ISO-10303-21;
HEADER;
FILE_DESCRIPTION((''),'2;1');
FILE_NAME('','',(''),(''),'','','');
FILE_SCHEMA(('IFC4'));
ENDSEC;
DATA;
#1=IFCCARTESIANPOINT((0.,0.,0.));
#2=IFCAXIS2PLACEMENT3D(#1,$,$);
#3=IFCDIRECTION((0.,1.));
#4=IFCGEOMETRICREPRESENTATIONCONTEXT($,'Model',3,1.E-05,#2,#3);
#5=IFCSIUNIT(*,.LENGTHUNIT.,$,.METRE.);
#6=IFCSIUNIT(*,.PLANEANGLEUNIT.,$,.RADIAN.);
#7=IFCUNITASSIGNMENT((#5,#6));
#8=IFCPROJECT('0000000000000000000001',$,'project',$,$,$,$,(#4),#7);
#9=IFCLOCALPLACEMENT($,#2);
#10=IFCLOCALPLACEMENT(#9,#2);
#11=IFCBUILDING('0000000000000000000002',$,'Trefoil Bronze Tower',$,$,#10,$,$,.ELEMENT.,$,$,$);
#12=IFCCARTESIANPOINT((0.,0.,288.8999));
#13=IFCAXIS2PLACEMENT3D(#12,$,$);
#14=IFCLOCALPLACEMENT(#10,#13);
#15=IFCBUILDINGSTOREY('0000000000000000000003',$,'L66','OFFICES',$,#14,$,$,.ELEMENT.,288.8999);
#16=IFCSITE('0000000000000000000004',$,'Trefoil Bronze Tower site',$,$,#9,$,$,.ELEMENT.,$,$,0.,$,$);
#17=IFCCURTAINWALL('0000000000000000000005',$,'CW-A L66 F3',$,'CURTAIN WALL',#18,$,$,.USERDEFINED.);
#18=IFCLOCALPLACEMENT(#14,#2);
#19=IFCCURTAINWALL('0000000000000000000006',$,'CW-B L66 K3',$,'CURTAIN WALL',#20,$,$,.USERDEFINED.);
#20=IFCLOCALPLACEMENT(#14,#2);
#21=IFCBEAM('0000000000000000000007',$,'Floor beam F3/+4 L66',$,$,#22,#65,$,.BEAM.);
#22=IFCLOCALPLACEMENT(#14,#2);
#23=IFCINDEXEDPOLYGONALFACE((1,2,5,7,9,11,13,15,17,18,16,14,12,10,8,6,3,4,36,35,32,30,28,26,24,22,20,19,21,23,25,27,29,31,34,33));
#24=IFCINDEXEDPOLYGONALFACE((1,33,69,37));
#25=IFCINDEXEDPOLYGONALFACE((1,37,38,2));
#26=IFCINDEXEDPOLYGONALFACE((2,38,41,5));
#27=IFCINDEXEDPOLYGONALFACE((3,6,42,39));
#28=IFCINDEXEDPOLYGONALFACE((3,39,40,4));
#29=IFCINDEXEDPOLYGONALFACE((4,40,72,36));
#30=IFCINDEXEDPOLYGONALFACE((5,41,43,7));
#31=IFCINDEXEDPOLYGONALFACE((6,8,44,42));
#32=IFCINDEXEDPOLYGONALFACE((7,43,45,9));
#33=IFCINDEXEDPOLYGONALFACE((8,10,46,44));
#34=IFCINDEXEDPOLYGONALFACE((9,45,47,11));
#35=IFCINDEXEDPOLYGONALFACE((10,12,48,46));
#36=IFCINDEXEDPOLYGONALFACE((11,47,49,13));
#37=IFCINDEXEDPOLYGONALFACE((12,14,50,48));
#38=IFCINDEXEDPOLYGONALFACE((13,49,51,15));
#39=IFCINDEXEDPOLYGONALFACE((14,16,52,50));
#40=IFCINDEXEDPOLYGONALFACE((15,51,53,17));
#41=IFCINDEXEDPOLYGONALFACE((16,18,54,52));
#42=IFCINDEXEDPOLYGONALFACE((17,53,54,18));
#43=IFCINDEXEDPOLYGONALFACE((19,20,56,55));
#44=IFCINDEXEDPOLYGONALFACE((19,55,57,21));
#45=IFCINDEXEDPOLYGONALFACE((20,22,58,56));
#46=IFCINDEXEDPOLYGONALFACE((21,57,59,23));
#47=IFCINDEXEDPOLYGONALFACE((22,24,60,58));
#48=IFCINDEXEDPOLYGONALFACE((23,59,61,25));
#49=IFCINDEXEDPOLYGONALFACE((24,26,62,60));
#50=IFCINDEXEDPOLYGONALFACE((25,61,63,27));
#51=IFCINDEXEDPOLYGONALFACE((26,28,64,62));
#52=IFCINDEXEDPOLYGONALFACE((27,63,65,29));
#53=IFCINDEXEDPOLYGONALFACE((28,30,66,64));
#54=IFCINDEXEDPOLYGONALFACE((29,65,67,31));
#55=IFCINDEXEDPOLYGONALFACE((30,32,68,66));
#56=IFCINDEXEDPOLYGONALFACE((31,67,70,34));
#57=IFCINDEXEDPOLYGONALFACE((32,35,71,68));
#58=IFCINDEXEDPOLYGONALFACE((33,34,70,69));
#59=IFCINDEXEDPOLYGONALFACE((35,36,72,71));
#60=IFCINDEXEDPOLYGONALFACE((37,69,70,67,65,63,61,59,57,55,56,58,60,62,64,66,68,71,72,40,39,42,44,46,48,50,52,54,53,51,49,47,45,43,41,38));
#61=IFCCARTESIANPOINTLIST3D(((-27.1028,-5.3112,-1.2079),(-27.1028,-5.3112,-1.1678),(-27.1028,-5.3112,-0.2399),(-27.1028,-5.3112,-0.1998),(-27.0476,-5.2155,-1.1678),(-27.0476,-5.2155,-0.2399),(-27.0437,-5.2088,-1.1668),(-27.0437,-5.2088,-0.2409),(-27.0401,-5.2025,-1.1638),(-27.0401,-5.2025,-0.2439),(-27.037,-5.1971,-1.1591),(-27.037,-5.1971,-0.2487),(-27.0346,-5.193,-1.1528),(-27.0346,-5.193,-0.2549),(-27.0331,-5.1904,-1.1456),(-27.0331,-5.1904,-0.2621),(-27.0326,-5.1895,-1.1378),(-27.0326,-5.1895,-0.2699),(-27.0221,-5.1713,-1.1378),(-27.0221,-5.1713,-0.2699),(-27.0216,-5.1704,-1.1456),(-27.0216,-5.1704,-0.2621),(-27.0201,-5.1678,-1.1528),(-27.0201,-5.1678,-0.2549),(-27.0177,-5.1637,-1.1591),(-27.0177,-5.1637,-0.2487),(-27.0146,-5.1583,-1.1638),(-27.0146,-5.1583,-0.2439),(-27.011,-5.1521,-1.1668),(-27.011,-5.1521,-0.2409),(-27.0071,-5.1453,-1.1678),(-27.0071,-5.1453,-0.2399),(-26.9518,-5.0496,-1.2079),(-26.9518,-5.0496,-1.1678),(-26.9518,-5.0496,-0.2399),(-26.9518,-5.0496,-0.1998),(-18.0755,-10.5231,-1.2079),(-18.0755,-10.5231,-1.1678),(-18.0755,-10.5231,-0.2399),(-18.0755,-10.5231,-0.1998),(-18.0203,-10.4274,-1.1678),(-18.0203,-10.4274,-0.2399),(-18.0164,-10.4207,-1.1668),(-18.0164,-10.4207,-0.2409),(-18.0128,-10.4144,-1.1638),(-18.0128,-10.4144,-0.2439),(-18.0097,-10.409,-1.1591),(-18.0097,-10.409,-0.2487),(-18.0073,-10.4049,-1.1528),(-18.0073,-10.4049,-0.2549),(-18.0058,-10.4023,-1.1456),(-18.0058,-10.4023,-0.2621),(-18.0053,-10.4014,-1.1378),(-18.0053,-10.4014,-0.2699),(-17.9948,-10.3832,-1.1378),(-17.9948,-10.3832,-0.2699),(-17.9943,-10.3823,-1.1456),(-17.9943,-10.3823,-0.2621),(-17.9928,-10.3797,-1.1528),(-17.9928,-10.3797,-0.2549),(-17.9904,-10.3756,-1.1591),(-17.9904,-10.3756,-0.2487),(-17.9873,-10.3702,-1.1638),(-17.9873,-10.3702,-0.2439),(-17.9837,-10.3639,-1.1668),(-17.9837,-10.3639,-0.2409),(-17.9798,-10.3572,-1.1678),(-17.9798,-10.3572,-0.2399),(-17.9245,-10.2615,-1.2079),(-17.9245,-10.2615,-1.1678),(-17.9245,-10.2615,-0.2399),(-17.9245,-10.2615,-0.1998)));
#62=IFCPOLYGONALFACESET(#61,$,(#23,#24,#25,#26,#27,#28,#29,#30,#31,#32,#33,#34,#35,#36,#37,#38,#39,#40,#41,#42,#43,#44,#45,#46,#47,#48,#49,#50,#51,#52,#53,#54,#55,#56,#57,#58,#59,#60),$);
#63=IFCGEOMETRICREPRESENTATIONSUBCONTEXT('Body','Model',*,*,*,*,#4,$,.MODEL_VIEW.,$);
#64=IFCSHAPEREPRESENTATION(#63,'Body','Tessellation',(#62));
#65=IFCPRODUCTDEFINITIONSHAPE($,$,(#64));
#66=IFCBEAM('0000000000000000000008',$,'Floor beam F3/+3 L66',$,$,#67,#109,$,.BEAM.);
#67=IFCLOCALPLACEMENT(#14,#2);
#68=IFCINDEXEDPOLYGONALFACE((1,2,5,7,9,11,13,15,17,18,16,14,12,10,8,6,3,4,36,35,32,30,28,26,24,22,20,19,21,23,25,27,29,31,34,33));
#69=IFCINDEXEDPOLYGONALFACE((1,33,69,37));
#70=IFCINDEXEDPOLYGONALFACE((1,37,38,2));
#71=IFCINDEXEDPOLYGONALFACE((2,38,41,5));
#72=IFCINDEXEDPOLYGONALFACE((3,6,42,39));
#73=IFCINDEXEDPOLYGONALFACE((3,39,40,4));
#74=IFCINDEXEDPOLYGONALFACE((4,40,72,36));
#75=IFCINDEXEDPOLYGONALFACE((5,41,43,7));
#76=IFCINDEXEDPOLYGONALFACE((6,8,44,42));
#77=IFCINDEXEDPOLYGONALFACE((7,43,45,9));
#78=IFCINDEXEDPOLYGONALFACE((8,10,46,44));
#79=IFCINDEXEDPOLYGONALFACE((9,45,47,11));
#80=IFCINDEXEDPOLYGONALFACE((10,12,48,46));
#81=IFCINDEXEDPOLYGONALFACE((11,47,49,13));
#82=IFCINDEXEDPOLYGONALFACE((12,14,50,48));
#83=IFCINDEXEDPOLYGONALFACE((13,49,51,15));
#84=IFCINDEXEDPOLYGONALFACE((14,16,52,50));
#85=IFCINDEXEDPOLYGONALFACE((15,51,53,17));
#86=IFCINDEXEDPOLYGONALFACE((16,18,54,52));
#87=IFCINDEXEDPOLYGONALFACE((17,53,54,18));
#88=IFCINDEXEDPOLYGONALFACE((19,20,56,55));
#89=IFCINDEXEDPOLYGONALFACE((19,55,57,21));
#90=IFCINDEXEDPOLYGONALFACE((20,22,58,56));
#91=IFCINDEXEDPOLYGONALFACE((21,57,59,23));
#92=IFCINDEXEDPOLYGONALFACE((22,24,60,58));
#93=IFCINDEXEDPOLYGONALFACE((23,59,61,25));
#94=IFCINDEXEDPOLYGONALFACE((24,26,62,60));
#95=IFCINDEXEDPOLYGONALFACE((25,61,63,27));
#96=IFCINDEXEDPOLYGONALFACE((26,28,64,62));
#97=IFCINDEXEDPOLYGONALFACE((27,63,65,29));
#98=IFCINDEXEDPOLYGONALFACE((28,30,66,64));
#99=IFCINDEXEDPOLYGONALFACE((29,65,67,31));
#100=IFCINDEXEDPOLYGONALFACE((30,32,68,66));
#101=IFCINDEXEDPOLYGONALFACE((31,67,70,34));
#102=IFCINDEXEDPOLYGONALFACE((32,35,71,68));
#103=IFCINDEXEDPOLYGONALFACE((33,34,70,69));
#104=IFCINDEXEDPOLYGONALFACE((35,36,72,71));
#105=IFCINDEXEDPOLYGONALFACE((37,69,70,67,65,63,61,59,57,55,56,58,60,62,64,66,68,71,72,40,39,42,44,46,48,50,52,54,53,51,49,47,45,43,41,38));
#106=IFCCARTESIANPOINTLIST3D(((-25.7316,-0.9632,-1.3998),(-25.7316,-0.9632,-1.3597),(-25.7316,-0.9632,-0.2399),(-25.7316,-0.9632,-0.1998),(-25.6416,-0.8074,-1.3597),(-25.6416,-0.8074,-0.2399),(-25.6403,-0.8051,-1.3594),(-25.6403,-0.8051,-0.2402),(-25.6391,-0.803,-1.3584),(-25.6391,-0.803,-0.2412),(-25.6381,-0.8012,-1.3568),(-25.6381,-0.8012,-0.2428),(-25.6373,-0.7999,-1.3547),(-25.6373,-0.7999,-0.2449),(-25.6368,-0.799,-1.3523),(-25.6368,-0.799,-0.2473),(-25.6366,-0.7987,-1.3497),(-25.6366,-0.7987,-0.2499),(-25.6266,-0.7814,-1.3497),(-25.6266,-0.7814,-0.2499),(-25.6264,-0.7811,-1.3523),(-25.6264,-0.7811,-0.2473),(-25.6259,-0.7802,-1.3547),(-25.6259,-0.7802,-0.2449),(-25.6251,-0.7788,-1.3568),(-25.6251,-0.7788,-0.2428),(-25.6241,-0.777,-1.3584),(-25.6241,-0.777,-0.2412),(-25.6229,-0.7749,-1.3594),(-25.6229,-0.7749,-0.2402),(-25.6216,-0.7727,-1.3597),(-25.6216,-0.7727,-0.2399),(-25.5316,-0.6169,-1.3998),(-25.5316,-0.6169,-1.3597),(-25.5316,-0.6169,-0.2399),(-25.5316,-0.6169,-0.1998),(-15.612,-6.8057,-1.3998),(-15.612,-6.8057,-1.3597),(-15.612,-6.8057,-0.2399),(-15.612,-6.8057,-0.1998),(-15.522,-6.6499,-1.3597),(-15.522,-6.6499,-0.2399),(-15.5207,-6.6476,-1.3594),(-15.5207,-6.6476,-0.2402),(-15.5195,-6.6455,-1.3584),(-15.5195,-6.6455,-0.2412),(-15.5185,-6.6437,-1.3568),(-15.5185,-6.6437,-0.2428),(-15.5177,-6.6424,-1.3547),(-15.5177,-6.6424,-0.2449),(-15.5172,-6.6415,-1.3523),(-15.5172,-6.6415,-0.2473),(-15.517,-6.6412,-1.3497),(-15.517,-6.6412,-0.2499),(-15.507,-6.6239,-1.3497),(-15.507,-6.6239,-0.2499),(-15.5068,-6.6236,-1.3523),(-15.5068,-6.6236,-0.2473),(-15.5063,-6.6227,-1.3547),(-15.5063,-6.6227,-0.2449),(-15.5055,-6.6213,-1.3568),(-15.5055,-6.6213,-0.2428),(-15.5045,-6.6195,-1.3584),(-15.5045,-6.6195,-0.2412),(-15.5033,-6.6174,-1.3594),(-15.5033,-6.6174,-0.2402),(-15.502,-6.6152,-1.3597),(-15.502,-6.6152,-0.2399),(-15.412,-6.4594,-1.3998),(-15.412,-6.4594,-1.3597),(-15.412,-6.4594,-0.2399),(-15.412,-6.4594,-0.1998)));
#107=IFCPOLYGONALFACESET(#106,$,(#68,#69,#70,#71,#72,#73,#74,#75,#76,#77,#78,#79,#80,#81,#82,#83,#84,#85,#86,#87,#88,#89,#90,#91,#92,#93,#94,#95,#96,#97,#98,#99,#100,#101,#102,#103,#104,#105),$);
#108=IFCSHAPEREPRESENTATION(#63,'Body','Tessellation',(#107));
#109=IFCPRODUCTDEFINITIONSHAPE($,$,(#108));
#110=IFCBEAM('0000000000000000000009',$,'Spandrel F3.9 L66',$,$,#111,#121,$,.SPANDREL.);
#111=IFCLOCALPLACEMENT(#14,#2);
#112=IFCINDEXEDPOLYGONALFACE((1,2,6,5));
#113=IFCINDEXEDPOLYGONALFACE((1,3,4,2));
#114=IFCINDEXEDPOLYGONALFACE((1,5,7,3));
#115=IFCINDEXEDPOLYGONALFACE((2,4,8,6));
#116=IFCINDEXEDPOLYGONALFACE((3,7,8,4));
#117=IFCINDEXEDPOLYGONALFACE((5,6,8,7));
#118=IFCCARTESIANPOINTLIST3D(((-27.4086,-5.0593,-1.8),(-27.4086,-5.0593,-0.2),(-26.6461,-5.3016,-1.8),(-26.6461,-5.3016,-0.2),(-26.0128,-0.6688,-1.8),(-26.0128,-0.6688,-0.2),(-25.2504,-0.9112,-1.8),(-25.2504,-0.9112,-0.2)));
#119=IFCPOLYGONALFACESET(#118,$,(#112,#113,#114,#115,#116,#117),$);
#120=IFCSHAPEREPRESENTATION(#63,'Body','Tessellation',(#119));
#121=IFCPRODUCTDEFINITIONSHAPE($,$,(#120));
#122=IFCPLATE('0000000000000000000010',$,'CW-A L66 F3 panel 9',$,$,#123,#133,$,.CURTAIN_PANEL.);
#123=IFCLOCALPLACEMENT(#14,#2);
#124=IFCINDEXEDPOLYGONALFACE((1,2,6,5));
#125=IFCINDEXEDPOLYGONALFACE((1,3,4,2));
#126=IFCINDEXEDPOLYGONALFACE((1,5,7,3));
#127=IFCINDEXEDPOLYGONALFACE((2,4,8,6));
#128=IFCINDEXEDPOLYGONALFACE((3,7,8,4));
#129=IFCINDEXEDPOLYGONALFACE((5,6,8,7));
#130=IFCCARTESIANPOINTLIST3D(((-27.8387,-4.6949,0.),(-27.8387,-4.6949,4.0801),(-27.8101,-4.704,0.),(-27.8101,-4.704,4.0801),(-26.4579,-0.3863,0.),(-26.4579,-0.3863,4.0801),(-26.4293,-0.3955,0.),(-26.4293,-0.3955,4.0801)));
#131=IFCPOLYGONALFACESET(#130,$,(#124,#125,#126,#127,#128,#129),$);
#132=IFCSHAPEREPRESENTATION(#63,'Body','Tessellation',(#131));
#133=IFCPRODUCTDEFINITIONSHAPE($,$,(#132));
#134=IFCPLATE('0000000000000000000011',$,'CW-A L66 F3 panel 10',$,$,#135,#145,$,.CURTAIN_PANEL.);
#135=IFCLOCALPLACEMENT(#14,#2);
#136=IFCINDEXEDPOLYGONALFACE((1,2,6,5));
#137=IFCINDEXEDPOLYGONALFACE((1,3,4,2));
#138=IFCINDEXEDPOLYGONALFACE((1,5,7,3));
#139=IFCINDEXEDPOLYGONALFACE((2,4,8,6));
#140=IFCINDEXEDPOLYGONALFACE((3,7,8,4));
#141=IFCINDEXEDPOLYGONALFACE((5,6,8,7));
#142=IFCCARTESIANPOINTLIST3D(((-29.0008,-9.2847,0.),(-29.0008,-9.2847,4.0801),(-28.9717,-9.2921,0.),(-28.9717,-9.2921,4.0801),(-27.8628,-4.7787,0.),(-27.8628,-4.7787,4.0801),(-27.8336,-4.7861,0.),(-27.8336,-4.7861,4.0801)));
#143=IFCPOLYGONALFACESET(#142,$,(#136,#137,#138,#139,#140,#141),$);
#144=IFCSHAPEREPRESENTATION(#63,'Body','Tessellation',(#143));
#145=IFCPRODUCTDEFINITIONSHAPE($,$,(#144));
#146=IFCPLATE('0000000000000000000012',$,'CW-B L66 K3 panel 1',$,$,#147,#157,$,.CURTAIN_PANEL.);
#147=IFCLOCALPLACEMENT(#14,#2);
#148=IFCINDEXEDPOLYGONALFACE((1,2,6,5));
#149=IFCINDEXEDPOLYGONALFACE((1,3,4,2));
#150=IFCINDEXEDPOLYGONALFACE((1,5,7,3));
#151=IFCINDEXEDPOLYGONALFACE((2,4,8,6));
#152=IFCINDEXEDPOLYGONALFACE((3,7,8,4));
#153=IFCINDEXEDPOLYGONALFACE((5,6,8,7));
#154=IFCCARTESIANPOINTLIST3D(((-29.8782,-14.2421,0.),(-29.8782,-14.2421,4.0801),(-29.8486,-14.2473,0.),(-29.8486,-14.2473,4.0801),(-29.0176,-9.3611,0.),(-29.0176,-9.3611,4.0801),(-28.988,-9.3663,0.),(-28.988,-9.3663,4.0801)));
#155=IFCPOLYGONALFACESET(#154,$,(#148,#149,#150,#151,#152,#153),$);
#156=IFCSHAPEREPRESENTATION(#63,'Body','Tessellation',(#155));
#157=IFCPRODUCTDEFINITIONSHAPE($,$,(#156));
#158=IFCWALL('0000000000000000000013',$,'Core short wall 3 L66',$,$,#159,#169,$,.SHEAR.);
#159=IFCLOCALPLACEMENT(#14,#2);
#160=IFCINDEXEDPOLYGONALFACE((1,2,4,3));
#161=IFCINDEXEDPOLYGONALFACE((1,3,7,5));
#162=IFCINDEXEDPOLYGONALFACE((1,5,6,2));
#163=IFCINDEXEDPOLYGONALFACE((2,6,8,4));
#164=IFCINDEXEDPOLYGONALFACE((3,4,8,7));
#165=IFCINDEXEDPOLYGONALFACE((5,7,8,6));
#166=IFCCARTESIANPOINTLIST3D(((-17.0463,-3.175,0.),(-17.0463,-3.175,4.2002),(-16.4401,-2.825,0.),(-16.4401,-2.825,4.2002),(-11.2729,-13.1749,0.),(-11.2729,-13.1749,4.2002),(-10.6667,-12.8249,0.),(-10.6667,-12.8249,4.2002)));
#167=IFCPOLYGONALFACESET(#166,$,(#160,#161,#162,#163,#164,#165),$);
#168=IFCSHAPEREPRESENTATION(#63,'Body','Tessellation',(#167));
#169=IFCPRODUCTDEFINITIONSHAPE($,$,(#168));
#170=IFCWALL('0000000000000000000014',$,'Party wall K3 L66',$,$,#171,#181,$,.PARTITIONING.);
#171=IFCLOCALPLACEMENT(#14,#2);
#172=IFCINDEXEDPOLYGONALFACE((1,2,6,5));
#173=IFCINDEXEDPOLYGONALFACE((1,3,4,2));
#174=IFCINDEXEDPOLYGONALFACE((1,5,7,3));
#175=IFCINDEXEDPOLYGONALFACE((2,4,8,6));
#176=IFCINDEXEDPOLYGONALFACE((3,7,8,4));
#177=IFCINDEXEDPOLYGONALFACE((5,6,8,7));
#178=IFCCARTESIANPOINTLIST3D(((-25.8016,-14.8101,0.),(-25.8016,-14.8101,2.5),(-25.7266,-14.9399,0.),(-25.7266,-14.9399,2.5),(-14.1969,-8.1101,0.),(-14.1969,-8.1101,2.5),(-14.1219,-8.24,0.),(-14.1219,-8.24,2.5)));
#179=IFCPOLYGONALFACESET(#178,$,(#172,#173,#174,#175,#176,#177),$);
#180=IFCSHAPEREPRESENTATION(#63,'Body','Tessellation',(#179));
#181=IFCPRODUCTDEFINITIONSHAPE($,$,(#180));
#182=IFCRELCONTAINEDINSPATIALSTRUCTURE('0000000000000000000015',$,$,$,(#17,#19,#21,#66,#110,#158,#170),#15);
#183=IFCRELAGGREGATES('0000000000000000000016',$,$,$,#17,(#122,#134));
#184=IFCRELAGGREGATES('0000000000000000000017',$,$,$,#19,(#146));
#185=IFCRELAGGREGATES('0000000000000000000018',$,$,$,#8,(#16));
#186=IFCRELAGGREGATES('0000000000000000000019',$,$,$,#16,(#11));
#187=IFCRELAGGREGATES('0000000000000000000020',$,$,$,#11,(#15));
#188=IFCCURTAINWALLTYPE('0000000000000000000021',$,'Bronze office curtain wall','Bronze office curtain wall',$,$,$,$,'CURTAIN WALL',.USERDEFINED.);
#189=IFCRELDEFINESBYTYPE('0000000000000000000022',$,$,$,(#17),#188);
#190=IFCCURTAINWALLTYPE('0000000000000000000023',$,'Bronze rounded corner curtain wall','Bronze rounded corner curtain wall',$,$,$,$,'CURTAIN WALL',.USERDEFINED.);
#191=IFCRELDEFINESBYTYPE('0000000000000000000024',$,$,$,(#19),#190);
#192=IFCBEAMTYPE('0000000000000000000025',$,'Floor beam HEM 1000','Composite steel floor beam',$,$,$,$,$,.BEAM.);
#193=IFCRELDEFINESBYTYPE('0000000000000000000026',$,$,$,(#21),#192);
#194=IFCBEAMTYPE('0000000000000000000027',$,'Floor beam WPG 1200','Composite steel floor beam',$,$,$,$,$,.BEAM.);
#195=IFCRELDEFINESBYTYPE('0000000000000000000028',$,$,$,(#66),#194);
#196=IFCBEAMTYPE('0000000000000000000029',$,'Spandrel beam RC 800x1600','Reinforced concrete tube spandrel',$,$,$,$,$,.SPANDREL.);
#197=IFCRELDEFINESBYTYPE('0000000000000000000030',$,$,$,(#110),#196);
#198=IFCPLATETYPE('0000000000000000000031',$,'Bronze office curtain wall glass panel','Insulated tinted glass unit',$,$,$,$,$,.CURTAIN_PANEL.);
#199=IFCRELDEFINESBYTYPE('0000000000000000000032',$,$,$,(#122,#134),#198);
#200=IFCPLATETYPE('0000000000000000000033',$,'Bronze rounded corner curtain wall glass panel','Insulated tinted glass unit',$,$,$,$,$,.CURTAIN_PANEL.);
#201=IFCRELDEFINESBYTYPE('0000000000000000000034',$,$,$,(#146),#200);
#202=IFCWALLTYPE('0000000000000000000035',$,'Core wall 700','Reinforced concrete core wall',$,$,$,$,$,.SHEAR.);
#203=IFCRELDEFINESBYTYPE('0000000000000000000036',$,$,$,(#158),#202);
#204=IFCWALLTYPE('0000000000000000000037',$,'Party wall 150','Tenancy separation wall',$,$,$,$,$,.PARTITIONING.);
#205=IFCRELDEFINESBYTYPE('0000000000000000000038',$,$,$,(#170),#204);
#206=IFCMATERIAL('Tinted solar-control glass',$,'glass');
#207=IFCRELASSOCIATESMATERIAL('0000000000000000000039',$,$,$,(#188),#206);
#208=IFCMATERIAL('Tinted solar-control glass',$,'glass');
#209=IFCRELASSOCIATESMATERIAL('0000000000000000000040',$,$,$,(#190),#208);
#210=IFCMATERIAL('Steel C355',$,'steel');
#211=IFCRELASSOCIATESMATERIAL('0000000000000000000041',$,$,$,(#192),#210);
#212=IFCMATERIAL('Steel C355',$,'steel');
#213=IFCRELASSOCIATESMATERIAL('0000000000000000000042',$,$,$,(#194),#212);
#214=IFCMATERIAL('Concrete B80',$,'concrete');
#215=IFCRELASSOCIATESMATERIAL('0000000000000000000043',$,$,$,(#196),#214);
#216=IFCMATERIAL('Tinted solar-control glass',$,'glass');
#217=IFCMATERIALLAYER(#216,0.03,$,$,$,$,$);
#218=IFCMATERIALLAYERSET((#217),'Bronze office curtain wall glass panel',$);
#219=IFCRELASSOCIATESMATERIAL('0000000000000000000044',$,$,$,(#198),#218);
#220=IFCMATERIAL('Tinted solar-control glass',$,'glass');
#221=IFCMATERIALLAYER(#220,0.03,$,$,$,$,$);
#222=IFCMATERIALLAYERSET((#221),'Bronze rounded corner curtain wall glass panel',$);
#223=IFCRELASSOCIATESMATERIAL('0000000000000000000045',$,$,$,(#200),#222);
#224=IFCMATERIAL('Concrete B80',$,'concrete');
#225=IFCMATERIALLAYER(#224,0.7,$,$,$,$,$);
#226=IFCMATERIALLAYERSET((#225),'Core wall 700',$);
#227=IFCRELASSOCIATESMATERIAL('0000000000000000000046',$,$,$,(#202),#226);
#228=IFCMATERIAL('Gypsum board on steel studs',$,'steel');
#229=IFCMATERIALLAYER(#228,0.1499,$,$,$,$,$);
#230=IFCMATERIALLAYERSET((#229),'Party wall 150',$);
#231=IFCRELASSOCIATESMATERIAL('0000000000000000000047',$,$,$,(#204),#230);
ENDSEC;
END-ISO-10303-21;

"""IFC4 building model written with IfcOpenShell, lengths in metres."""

from ifc_helpers import new_model, si_unit, direction, frame, frame_2d, origin, origin_2d, place, context, subcontext, project, spatial, rectangle, i_section, extrude, material, layer, layer_set, material_profile, profile_set, type_object, element, aggregate, save


model = new_model("IFC4")

# Units and contexts
model_context = context("Model", 3, precision=1e-05, world=origin(), true_north=direction((0.0, 1.0)))
body_context = subcontext(model_context, "Body", "Model", "MODEL_VIEW")
ifc_project = project(units=[si_unit("LENGTHUNIT", "METRE"), si_unit("PLANEANGLEUNIT", "RADIAN")], contexts=[model_context])

# Site, building, storey
site_placement = place(None, origin())
site = spatial("IfcSite", under=ifc_project, at=site_placement, Name="Trefoil Bronze Tower site", CompositionType="ELEMENT", RefElevation=0.0)
building_placement = place(site_placement, origin())
building = spatial("IfcBuilding", under=site, at=building_placement, Name="Trefoil Bronze Tower", CompositionType="ELEMENT")
storey_placement = place(building_placement, frame((0.0, 0.0, 288.8999)))
storey = spatial("IfcBuildingStorey", under=building, at=storey_placement, Name="L66", Description="OFFICES", CompositionType="ELEMENT", Elevation=288.8999)

# Curtain walls
ifc_material_1 = material(Name="Tinted solar-control glass", Category="glass")
curtain_wall_type_1 = type_object("IfcCurtainWallType", Name="Bronze office curtain wall", Description="Bronze office curtain wall", ElementType="CURTAIN WALL", PredefinedType="USERDEFINED", material=ifc_material_1)
curtain_wall_1_placement = place(storey_placement, origin())
curtain_wall_1 = element("IfcCurtainWall", 1, at=curtain_wall_1_placement, inside=storey, type_object=curtain_wall_type_1, Name="CW-A L66 F3", ObjectType="CURTAIN WALL", PredefinedType="USERDEFINED")
ifc_material_2 = material(Name="Tinted solar-control glass", Category="glass")
curtain_wall_type_2 = type_object("IfcCurtainWallType", Name="Bronze rounded corner curtain wall", Description="Bronze rounded corner curtain wall", ElementType="CURTAIN WALL", PredefinedType="USERDEFINED", material=ifc_material_2)
curtain_wall_2_placement = place(storey_placement, origin())
curtain_wall_2 = element("IfcCurtainWall", 2, at=curtain_wall_2_placement, inside=storey, type_object=curtain_wall_type_2, Name="CW-B L66 K3", ObjectType="CURTAIN WALL", PredefinedType="USERDEFINED")

# Beams
ifc_material_3 = material(Name="Steel C355", Category="steel")
ifc_material_profile_1 = material_profile(ifc_material_3, i_section(OverallWidth=0.302, OverallDepth=1.0081, WebThickness=0.021, FlangeThickness=0.04, FilletRadius=0.03, at=origin_2d()), Name="HEM 1000")
ifc_profile_set_1 = profile_set([ifc_material_profile_1], Name="Steel C355")
beam_type_1 = type_object("IfcBeamType", Name="Floor beam HEM 1000", Description="Composite steel floor beam", PredefinedType="BEAM", material=ifc_profile_set_1)
beam_1_placement = place(storey_placement, frame((-27.0273, -5.1804, -0.7039), z_axis=(0.866026, -0.499998, 0.0), x_axis=(0.499998, 0.866026, 0.0)))
element("IfcBeam", 3, at=beam_1_placement, inside=storey, type_object=beam_type_1, Name="Floor beam F3/+4 L66", PredefinedType="BEAM", context=body_context, shape_type="SweptSolid", body=[
    extrude(i_section(OverallWidth=0.302, OverallDepth=1.0081, WebThickness=0.021, FlangeThickness=0.04, FilletRadius=0.03, at=origin_2d()), origin(), (0.0, 0.0, 1.0), 10.4238),
])
ifc_material_4 = material(Name="Steel C355", Category="steel")
ifc_material_profile_2 = material_profile(ifc_material_4, i_section(OverallWidth=0.3999, OverallDepth=1.2, WebThickness=0.02, FlangeThickness=0.04, FilletRadius=0.01, at=origin_2d()), Name="WPG 1200")
ifc_profile_set_2 = profile_set([ifc_material_profile_2], Name="Steel C355")
beam_type_2 = type_object("IfcBeamType", Name="Floor beam WPG 1200", Description="Composite steel floor beam", PredefinedType="BEAM", material=ifc_profile_set_2)
beam_2_placement = place(storey_placement, frame((-25.6316, -0.79, -0.7998), z_axis=(0.866027, -0.499997, 0.0), x_axis=(0.499997, 0.866027, 0.0)))
element("IfcBeam", 4, at=beam_2_placement, inside=storey, type_object=beam_type_2, Name="Floor beam F3/+3 L66", PredefinedType="BEAM", context=body_context, shape_type="SweptSolid", body=[
    extrude(i_section(OverallWidth=0.3999, OverallDepth=1.2, WebThickness=0.02, FlangeThickness=0.04, FilletRadius=0.01, at=origin_2d()), origin(), (0.0, 0.0, 1.0), 11.6851),
])
ifc_material_5 = material(Name="Concrete B80", Category="concrete")
ifc_material_profile_3 = material_profile(ifc_material_5, rectangle(XDim=0.8, YDim=1.6001, at=origin_2d()), Name="RC 800x1600")
ifc_profile_set_3 = profile_set([ifc_material_profile_3], Name="Concrete B80")
beam_type_3 = type_object("IfcBeamType", Name="Spandrel beam RC 800x1600", Description="Reinforced concrete tube spandrel", PredefinedType="SPANDREL", material=ifc_profile_set_3)
beam_3_placement = place(storey_placement, frame((-25.6316, -0.79, -1.0), z_axis=(-0.30297, -0.953, 0.0), x_axis=(0.953, -0.30297, 0.0)))
element("IfcBeam", 5, at=beam_3_placement, inside=storey, type_object=beam_type_3, Name="Spandrel F3.9 L66", PredefinedType="SPANDREL", context=body_context, shape_type="SweptSolid", body=[
    extrude(rectangle(XDim=0.8, YDim=1.6001, at=origin_2d()), origin(), (0.0, 0.0, 1.0), 4.6069),
])

# Plates
ifc_material_6 = material(Name="Tinted solar-control glass", Category="glass")
ifc_layer_1 = layer(ifc_material_6, 0.03)
ifc_layer_set_1 = layer_set([ifc_layer_1], Name="Bronze office curtain wall glass panel")
plate_type_1 = type_object("IfcPlateType", Name="Bronze office curtain wall glass panel", Description="Insulated tinted glass unit", PredefinedType="CURTAIN_PANEL", material=ifc_layer_set_1)
plate_1_placement = place(storey_placement, frame((-27.134, -2.5452, 0.0), z_axis=(0.0, 0.0, 1.0), x_axis=(-0.305188, -0.952292, 0.0)))
plate_1 = element("IfcPlate", 6, at=plate_1_placement, type_object=plate_type_1, Name="CW-A L66 F3 panel 9", PredefinedType="CURTAIN_PANEL", context=body_context, shape_type="SweptSolid", body=[
    extrude(rectangle(XDim=4.5244, YDim=0.03, at=origin_2d()), origin(), (0.0, 0.0, 1.0), 4.0801),
])
plate_2_placement = place(storey_placement, frame((-28.4172, -7.0354, 0.0), z_axis=(0.0, 0.0, 1.0), x_axis=(-0.24488, -0.969554, 0.0)))
plate_2 = element("IfcPlate", 7, at=plate_2_placement, type_object=plate_type_1, Name="CW-A L66 F3 panel 10", PredefinedType="CURTAIN_PANEL", context=body_context, shape_type="SweptSolid", body=[
    extrude(rectangle(XDim=4.6475, YDim=0.03, at=origin_2d()), origin(), (0.0, 0.0, 1.0), 4.0801),
])
aggregate(curtain_wall_1, [plate_1, plate_2])
ifc_material_7 = material(Name="Tinted solar-control glass", Category="glass")
ifc_layer_2 = layer(ifc_material_7, 0.03)
ifc_layer_set_2 = layer_set([ifc_layer_2], Name="Bronze rounded corner curtain wall glass panel")
plate_type_2 = type_object("IfcPlateType", Name="Bronze rounded corner curtain wall glass panel", Description="Insulated tinted glass unit", PredefinedType="CURTAIN_PANEL", material=ifc_layer_set_2)
plate_3_placement = place(storey_placement, frame((-29.4331, -11.8042, 0.0), z_axis=(0.0, 0.0, 1.0), x_axis=(-0.173648, -0.984808, 0.0)))
plate_3 = element("IfcPlate", 8, at=plate_3_placement, type_object=plate_type_2, Name="CW-B L66 K3 panel 1", PredefinedType="CURTAIN_PANEL", context=body_context, shape_type="SweptSolid", body=[
    extrude(rectangle(XDim=4.9563, YDim=0.03, at=origin_2d()), origin(), (0.0, 0.0, 1.0), 4.0801),
])
aggregate(curtain_wall_2, [plate_3])

# Walls
ifc_material_8 = material(Name="Concrete B80", Category="concrete")
ifc_layer_3 = layer(ifc_material_8, 0.7)
ifc_layer_set_3 = layer_set([ifc_layer_3], Name="Core wall 700")
wall_type_1 = type_object("IfcWallType", Name="Core wall 700", Description="Reinforced concrete core wall", PredefinedType="SHEAR", material=ifc_layer_set_3)
wall_1_placement = place(storey_placement, frame((-16.7432, -3.0, 0.0), z_axis=(0.0, 0.0, 1.0), x_axis=(0.499996, -0.866028, 0.0)))
element("IfcWall", 9, at=wall_1_placement, inside=storey, type_object=wall_type_1, Name="Core short wall 3 L66", PredefinedType="SHEAR", context=body_context, shape_type="SweptSolid", body=[
    extrude(rectangle(XDim=11.5469, YDim=0.7, at=frame_2d((5.7734, 0.0))), origin(), (0.0, 0.0, 1.0), 4.2002),
])
ifc_material_9 = material(Name="Gypsum board on steel studs", Category="steel")
ifc_layer_4 = layer(ifc_material_9, 0.1499)
ifc_layer_set_4 = layer_set([ifc_layer_4], Name="Party wall 150")
wall_type_2 = type_object("IfcWallType", Name="Party wall 150", Description="Tenancy separation wall", PredefinedType="PARTITIONING", material=ifc_layer_set_4)
wall_2_placement = place(storey_placement, frame((-14.1594, -8.175, 0.0), z_axis=(0.0, 0.0, 1.0), x_axis=(-0.866027, -0.499997, 0.0)))
element("IfcWall", 10, at=wall_2_placement, inside=storey, type_object=wall_type_2, Name="Party wall K3 L66", PredefinedType="PARTITIONING", context=body_context, shape_type="SweptSolid", body=[
    extrude(rectangle(XDim=13.3999, YDim=0.1499, at=frame_2d((6.7, 0.0))), origin(), (0.0, 0.0, 1.0), 2.5),
])

save(model, "model.ifc")
